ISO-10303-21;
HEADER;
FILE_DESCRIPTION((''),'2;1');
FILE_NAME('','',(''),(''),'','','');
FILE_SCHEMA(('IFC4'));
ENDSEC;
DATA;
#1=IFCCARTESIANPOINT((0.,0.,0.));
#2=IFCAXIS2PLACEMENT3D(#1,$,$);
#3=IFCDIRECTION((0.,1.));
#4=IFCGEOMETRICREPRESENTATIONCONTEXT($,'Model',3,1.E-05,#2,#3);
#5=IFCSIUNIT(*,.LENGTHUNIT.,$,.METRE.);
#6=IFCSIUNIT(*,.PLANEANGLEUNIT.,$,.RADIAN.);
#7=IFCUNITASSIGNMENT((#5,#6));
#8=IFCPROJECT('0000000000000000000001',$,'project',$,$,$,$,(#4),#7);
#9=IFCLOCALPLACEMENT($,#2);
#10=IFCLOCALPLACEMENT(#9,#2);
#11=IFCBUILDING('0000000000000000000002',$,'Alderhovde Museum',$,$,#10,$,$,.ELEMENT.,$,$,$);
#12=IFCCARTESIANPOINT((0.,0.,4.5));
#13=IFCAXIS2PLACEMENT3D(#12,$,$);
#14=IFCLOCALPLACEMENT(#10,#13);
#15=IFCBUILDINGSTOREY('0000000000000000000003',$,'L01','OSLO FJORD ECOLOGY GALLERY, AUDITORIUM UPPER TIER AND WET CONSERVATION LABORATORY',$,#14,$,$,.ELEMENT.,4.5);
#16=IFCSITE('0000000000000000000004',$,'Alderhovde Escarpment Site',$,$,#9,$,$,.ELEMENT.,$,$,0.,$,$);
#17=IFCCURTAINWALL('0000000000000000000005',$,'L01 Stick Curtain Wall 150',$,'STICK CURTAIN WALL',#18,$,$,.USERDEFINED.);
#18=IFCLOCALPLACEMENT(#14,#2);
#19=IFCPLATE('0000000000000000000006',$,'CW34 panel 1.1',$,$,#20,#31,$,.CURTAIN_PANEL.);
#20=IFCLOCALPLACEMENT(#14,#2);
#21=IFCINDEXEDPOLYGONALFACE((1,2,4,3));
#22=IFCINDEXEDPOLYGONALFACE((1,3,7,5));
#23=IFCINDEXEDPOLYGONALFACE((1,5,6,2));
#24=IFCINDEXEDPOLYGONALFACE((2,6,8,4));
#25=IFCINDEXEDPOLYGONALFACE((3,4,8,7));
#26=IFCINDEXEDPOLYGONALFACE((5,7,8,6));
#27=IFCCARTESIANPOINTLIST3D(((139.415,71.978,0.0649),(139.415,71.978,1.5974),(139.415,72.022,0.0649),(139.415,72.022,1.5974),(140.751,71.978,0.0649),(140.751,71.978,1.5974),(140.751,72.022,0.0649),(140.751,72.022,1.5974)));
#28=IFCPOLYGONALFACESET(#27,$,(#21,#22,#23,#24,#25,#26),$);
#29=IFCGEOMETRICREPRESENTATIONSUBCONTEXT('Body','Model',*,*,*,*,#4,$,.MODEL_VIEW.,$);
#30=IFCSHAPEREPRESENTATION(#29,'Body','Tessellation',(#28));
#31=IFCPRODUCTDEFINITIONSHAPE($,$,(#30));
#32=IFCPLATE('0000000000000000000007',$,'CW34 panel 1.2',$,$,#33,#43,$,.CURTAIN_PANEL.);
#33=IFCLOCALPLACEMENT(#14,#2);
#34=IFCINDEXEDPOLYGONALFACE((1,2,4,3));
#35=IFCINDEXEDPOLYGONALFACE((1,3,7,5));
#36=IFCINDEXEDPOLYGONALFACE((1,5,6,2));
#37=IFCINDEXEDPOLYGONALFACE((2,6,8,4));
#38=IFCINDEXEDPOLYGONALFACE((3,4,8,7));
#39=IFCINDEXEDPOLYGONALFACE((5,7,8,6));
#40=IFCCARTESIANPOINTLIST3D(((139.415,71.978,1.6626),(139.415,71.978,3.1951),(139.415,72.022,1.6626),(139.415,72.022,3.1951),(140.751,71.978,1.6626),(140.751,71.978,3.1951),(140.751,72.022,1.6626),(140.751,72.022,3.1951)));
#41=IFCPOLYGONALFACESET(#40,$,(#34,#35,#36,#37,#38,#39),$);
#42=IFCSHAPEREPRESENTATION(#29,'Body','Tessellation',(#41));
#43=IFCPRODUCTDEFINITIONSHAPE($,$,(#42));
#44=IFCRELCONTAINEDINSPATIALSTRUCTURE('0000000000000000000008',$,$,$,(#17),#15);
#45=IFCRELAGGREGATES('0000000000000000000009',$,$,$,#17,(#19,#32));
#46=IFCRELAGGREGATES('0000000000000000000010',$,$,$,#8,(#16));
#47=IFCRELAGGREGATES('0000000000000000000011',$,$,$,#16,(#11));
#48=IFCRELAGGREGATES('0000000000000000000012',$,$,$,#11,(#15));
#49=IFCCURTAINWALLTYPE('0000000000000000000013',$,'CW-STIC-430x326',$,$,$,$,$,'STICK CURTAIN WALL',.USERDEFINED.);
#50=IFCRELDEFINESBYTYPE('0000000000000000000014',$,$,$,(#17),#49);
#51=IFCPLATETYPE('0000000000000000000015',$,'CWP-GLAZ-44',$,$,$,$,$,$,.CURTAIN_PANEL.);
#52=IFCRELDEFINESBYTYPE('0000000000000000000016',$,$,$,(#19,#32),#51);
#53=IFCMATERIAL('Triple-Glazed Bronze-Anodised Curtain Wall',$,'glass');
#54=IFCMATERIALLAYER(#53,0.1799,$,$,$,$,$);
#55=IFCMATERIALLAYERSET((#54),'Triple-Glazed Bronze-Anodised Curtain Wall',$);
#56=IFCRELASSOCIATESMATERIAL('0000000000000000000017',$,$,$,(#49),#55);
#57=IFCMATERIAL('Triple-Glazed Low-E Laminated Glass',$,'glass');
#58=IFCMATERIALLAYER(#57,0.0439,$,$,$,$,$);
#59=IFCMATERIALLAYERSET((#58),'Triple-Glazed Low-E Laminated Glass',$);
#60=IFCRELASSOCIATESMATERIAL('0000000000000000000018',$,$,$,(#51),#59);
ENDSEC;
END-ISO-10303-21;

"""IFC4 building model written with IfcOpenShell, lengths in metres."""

from ifc_helpers import new_model, si_unit, direction, frame, origin, origin_2d, place, context, subcontext, project, spatial, rectangle, extrude, material, layer, layer_set, type_object, element, aggregate, save


model = new_model("IFC4")

# Units and contexts
model_context = context("Model", 3, precision=1e-05, world=origin(), true_north=direction((0.0, 1.0)))
body_context = subcontext(model_context, "Body", "Model", "MODEL_VIEW")
ifc_project = project(units=[si_unit("LENGTHUNIT", "METRE"), si_unit("PLANEANGLEUNIT", "RADIAN")], contexts=[model_context])

# Site, building, storey
site_placement = place(None, origin())
site = spatial("IfcSite", under=ifc_project, at=site_placement, Name="Alderhovde Escarpment Site", CompositionType="ELEMENT", RefElevation=0.0)
building_placement = place(site_placement, origin())
building = spatial("IfcBuilding", under=site, at=building_placement, Name="Alderhovde Museum", CompositionType="ELEMENT")
storey_placement = place(building_placement, frame((0.0, 0.0, 4.5)))
storey = spatial("IfcBuildingStorey", under=building, at=storey_placement, Name="L01", Description="OSLO FJORD ECOLOGY GALLERY, AUDITORIUM UPPER TIER AND WET CONSERVATION LABORATORY", CompositionType="ELEMENT", Elevation=4.5)

# Curtain wall
ifc_material_1 = material(Name="Triple-Glazed Bronze-Anodised Curtain Wall", Category="glass")
ifc_layer_1 = layer(ifc_material_1, 0.1799)
ifc_layer_set_1 = layer_set([ifc_layer_1], Name="Triple-Glazed Bronze-Anodised Curtain Wall")
curtain_wall_type_1 = type_object("IfcCurtainWallType", Name="CW-STIC-430x326", ElementType="STICK CURTAIN WALL", PredefinedType="USERDEFINED", material=ifc_layer_set_1)
curtain_wall_1_placement = place(storey_placement, origin())
curtain_wall_1 = element("IfcCurtainWall", 1, at=curtain_wall_1_placement, inside=storey, type_object=curtain_wall_type_1, Name="L01 Stick Curtain Wall 150", ObjectType="STICK CURTAIN WALL", PredefinedType="USERDEFINED")

# Plates
ifc_material_2 = material(Name="Triple-Glazed Low-E Laminated Glass", Category="glass")
ifc_layer_2 = layer(ifc_material_2, 0.0439)
ifc_layer_set_2 = layer_set([ifc_layer_2], Name="Triple-Glazed Low-E Laminated Glass")
plate_type_1 = type_object("IfcPlateType", Name="CWP-GLAZ-44", PredefinedType="CURTAIN_PANEL", material=ifc_layer_set_2)
plate_1_placement = place(storey_placement, frame((140.083, 72.0, 0.0649), z_axis=(0.0, 0.0, 1.0), x_axis=(1.0, 0.0, 0.0)))
plate_1 = element("IfcPlate", 2, at=plate_1_placement, type_object=plate_type_1, Name="CW34 panel 1.1", PredefinedType="CURTAIN_PANEL", context=body_context, shape_type="SweptSolid", body=[
    extrude(rectangle(XDim=1.3359, YDim=0.0439, at=origin_2d()), origin(), (0.0, 0.0, 1.0), 1.5325),
])
plate_2_placement = place(storey_placement, frame((140.083, 72.0, 1.6626), z_axis=(0.0, 0.0, 1.0), x_axis=(1.0, 0.0, 0.0)))
plate_2 = element("IfcPlate", 3, at=plate_2_placement, type_object=plate_type_1, Name="CW34 panel 1.2", PredefinedType="CURTAIN_PANEL", context=body_context, shape_type="SweptSolid", body=[
    extrude(rectangle(XDim=1.3359, YDim=0.0439, at=origin_2d()), origin(), (0.0, 0.0, 1.0), 1.5325),
])
aggregate(curtain_wall_1, [plate_1, plate_2])

save(model, "model.ifc")
